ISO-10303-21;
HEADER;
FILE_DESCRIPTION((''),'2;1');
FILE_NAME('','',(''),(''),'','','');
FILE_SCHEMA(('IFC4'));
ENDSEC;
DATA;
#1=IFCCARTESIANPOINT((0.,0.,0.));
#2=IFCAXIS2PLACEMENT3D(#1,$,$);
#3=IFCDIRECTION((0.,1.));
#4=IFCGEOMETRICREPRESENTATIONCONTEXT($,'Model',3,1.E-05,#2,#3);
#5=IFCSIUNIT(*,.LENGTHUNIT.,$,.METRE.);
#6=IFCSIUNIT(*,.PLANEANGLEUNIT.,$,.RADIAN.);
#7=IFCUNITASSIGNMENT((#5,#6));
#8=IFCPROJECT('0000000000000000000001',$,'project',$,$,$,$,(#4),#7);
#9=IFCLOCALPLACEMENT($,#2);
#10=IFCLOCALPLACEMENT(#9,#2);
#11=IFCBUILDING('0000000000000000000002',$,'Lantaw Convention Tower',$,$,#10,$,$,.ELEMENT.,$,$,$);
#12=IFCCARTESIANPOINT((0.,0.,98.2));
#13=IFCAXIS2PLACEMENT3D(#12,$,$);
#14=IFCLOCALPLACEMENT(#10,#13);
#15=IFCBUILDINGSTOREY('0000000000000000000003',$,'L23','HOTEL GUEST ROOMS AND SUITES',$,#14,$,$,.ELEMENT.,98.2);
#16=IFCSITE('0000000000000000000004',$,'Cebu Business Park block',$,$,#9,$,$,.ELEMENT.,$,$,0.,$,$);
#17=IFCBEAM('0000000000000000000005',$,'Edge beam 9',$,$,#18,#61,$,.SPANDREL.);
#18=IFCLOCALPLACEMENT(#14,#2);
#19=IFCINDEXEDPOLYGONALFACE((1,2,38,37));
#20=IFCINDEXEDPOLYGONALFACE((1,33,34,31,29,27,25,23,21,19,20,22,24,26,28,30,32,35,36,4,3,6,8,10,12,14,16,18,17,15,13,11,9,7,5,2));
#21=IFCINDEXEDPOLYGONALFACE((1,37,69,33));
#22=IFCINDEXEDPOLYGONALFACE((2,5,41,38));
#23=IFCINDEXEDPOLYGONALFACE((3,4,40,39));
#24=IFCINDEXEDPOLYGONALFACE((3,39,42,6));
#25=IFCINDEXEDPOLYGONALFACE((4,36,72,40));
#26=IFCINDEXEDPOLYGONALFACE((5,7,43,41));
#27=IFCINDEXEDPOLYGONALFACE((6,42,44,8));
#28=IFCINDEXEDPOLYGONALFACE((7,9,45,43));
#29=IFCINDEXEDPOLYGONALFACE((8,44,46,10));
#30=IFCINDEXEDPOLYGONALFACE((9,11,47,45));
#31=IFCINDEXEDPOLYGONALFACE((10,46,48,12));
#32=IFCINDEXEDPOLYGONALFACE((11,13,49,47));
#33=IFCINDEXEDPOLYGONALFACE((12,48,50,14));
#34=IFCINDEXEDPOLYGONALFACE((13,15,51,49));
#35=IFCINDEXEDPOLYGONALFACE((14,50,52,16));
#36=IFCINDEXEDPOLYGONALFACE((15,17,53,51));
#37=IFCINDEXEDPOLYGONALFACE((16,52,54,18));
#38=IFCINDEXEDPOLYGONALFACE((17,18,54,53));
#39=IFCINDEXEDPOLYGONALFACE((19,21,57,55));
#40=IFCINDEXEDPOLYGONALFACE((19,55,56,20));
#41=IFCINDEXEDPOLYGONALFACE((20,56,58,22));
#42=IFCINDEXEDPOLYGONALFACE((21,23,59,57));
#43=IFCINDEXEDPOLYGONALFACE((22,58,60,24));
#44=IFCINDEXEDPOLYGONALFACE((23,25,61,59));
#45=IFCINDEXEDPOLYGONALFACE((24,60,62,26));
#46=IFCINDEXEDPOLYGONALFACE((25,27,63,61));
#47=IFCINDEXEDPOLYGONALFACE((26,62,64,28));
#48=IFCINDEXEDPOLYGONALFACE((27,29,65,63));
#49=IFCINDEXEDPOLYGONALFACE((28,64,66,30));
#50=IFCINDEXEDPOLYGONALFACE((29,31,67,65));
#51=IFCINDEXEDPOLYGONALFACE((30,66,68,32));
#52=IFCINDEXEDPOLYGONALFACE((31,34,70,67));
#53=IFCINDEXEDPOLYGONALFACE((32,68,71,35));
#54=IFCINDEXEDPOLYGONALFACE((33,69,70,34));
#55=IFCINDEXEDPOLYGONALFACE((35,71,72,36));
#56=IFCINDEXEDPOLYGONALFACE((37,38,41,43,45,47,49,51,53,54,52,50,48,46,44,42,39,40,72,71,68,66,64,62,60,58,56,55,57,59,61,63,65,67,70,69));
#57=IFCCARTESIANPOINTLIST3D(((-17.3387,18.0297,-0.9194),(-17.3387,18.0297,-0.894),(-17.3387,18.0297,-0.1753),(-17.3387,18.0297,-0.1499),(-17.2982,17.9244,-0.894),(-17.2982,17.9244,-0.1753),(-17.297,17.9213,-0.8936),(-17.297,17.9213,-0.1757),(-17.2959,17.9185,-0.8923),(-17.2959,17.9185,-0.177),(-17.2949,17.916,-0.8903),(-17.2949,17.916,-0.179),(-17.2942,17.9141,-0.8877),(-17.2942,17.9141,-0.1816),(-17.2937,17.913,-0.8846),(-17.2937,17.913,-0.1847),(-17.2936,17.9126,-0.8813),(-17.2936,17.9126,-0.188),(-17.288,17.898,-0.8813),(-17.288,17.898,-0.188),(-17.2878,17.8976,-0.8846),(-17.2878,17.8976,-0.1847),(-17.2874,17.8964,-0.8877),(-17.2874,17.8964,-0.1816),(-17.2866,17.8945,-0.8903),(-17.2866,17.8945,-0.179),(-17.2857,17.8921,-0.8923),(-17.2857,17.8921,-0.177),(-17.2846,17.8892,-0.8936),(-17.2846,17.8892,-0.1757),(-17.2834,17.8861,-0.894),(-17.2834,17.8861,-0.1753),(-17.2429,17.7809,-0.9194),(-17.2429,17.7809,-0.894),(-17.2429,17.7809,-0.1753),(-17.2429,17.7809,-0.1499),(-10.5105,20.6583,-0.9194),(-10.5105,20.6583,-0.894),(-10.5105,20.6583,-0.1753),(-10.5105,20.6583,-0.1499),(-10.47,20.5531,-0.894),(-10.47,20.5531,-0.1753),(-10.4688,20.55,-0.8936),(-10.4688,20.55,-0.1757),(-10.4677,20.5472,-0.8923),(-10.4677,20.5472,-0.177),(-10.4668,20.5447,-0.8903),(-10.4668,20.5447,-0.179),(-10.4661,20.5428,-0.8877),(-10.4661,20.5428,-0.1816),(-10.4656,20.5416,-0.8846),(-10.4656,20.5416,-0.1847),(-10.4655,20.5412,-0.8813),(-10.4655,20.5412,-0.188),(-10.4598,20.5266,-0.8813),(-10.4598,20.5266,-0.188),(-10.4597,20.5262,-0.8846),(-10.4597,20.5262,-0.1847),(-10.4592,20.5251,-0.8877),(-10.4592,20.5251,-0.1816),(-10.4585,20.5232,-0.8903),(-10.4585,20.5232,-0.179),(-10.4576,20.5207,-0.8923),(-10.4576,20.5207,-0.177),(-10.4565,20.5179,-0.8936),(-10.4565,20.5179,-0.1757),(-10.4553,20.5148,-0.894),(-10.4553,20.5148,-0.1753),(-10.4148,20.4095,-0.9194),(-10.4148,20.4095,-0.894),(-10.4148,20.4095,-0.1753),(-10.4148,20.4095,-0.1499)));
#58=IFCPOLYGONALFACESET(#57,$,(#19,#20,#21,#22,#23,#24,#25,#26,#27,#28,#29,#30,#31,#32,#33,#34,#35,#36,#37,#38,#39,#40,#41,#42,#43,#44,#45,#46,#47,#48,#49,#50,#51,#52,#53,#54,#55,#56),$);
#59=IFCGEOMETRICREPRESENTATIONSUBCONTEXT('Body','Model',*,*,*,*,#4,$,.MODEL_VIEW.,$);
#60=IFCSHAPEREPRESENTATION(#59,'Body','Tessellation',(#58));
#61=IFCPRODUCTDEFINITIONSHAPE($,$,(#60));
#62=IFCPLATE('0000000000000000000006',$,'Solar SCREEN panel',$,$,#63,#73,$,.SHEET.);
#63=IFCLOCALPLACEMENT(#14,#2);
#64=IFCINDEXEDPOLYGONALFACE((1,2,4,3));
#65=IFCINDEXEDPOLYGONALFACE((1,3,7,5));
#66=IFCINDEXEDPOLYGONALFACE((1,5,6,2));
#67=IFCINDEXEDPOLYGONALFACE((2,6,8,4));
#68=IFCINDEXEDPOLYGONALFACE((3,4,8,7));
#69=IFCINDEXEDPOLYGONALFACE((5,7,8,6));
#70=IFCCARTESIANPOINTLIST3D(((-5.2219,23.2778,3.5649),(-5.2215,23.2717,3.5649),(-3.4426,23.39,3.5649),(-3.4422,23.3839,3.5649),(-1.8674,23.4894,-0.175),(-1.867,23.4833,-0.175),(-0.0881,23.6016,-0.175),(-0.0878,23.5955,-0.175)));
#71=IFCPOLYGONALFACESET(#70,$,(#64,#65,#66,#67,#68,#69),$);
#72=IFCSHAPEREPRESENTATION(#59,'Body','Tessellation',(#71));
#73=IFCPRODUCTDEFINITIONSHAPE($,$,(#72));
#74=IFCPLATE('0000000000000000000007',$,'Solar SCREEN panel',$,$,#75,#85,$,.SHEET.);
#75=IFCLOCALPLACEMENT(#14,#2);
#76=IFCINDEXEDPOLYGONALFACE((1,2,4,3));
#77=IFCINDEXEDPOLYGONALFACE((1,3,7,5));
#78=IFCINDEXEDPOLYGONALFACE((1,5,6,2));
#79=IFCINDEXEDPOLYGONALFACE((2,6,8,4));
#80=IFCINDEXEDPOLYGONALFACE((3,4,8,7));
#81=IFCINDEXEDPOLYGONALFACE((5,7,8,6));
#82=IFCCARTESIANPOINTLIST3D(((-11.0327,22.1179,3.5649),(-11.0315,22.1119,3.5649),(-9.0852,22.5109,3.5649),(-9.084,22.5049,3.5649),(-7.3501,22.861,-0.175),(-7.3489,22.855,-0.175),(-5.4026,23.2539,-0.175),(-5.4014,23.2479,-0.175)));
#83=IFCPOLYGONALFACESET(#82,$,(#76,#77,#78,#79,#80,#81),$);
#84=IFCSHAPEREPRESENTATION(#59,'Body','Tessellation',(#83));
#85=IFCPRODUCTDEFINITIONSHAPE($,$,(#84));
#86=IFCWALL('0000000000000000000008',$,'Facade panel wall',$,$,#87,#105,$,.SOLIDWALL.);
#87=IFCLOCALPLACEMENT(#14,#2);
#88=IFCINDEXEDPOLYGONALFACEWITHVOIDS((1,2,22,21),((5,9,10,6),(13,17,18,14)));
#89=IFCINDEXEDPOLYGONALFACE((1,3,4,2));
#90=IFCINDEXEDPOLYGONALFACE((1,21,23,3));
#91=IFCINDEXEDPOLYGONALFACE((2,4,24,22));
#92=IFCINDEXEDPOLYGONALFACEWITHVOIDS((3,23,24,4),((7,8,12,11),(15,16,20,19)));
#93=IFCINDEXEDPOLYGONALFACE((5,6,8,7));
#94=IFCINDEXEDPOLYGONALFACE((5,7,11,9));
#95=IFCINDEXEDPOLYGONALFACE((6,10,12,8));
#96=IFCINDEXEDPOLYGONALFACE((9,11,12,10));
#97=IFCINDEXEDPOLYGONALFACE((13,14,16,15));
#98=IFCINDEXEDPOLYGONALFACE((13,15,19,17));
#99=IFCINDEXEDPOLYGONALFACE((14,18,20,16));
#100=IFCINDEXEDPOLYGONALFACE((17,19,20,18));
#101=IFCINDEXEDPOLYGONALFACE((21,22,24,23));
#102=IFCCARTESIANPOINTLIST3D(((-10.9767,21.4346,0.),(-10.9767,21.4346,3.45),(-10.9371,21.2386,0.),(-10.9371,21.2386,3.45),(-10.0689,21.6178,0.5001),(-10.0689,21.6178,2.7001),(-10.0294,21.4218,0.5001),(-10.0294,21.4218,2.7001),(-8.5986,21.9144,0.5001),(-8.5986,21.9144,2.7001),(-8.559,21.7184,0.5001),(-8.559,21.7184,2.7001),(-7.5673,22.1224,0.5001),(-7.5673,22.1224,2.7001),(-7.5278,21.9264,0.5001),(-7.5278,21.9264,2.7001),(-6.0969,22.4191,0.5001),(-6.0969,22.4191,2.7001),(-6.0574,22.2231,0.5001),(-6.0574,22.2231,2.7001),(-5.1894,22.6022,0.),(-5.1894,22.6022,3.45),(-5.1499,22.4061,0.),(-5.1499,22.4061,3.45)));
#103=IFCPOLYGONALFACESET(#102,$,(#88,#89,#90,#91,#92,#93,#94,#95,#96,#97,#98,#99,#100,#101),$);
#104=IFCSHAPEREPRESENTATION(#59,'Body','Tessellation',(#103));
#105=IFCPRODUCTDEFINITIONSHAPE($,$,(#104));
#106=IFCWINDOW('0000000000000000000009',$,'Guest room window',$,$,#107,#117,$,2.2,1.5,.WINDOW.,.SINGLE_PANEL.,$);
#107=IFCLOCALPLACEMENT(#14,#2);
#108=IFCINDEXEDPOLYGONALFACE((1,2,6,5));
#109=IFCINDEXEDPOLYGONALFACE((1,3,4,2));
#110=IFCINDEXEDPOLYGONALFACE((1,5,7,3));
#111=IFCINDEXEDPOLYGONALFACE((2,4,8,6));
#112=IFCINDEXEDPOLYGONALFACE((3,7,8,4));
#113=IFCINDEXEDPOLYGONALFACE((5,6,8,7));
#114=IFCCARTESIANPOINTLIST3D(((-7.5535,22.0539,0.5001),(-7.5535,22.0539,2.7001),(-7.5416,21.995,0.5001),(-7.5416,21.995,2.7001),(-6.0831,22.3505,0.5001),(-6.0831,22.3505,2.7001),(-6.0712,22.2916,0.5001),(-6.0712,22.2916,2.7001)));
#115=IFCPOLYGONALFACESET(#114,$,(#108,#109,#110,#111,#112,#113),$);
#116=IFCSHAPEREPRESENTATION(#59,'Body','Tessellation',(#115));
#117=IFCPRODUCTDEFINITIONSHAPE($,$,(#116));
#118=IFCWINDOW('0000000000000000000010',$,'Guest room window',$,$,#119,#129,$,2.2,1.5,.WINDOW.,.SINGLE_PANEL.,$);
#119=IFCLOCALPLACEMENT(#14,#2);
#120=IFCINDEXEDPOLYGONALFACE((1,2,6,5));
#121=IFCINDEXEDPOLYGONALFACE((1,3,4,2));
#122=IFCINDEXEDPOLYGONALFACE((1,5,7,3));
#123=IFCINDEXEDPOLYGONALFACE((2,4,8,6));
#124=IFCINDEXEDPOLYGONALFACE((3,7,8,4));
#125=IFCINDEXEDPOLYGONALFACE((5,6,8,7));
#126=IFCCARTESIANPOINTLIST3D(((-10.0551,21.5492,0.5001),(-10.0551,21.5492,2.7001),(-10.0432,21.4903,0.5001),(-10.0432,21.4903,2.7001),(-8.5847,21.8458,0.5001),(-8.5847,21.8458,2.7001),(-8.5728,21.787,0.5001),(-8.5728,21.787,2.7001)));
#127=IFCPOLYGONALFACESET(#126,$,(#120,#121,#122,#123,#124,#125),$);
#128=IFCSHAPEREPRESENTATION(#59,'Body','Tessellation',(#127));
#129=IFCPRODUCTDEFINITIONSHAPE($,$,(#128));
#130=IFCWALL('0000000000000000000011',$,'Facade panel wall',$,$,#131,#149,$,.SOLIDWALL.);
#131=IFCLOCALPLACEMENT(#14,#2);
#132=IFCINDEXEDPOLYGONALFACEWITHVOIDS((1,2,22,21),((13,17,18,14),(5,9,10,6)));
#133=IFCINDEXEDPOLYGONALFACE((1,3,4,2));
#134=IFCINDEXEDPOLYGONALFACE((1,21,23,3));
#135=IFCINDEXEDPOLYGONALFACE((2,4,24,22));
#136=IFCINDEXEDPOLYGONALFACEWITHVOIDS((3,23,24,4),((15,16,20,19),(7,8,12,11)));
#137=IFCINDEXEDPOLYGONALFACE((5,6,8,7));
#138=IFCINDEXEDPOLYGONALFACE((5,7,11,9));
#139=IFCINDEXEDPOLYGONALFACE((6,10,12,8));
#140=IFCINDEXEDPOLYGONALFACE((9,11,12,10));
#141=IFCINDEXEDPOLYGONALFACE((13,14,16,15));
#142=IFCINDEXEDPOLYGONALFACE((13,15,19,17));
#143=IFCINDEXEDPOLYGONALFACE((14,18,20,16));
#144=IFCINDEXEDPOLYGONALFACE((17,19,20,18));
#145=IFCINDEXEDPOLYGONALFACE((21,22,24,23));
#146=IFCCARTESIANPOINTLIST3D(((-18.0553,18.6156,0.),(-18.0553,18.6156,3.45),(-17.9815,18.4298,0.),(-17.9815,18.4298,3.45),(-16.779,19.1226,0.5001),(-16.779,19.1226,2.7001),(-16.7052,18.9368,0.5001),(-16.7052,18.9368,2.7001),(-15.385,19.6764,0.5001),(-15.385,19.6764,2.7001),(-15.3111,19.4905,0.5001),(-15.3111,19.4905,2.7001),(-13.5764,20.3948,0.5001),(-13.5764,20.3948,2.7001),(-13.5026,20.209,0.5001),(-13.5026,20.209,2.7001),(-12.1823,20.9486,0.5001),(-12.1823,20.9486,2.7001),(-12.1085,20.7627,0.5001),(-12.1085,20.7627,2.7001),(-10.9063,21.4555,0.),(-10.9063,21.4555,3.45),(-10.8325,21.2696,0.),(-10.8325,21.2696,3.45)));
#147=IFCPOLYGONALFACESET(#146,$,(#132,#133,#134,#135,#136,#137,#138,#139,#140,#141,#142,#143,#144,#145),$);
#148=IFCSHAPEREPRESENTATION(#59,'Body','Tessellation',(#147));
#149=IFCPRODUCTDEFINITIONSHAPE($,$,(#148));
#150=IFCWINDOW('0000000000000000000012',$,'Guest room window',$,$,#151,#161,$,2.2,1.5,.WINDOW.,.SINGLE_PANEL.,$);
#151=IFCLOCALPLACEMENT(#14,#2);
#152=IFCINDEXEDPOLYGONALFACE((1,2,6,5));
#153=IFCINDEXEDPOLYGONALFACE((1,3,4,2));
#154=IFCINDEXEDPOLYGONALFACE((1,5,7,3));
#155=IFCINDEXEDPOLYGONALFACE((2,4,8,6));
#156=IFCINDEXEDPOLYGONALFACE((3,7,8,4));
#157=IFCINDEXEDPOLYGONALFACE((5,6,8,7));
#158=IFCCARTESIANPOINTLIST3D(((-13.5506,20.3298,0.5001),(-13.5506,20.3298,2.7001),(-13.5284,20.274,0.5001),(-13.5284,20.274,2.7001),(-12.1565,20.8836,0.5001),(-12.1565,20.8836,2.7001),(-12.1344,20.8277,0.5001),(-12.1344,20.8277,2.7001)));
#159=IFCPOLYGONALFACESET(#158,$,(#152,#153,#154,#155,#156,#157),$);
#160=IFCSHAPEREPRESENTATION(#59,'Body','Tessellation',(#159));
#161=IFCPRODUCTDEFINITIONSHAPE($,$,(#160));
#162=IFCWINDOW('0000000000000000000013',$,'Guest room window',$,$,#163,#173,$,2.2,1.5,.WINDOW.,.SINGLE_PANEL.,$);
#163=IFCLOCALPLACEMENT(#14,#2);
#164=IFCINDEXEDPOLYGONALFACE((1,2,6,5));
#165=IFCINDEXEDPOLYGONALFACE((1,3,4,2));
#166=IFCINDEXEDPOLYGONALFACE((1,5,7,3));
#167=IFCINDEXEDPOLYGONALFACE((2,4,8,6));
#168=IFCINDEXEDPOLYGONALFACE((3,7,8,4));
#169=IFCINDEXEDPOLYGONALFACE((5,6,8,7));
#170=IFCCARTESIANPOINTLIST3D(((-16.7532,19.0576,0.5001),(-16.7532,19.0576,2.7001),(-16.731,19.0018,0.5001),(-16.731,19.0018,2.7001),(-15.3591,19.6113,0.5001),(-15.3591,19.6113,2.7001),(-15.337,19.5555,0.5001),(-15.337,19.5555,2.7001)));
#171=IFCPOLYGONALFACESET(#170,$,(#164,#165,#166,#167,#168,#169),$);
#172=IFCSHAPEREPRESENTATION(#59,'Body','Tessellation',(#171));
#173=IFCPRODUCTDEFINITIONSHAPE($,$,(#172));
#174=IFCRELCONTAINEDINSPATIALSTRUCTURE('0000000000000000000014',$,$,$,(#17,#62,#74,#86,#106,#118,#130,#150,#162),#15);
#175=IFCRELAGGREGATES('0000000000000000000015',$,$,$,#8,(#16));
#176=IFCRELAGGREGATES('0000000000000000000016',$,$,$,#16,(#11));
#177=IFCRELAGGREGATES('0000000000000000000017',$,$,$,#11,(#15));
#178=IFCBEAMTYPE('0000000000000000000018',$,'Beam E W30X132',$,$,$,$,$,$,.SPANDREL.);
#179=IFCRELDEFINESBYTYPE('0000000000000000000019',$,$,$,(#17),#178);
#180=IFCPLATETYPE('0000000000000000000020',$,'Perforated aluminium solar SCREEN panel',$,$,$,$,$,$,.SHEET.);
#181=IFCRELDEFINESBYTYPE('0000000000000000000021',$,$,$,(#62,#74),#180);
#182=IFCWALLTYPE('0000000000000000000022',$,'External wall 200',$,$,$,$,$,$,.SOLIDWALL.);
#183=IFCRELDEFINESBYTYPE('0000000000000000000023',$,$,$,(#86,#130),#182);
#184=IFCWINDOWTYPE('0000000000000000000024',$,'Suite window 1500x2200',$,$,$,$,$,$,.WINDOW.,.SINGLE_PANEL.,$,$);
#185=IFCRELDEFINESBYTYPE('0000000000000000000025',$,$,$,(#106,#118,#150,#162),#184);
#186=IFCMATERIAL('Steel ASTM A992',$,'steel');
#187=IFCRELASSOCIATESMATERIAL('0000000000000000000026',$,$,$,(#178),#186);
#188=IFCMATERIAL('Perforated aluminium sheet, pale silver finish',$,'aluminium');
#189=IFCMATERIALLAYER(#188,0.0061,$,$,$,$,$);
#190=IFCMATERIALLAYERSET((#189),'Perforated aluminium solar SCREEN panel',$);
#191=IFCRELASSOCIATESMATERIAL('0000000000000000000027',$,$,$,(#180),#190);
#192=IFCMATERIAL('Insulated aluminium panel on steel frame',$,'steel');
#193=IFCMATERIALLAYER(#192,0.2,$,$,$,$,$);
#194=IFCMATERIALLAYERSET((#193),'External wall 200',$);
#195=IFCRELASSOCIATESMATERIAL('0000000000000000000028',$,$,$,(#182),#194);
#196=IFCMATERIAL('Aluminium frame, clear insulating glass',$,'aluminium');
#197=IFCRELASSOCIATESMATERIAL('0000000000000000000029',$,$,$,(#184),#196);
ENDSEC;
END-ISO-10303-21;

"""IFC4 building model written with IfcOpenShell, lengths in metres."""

from ifc_helpers import new_model, si_unit, direction, frame, frame_2d, origin, origin_2d, place, context, subcontext, project, spatial, polyline, rectangle, i_section, outline, extrude, material, layer, layer_set, material_profile, profile_set, type_object, element, fill, save


model = new_model("IFC4")

# Units and contexts
model_context = context("Model", 3, precision=1e-05, world=origin(), true_north=direction((0.0, 1.0)))
body_context = subcontext(model_context, "Body", "Model", "MODEL_VIEW")
ifc_project = project(units=[si_unit("LENGTHUNIT", "METRE"), si_unit("PLANEANGLEUNIT", "RADIAN")], contexts=[model_context])

# Site, building, storey
site_placement = place(None, origin())
site = spatial("IfcSite", under=ifc_project, at=site_placement, Name="Cebu Business Park block", CompositionType="ELEMENT", RefElevation=0.0)
building_placement = place(site_placement, origin())
building = spatial("IfcBuilding", under=site, at=building_placement, Name="Lantaw Convention Tower", CompositionType="ELEMENT")
storey_placement = place(building_placement, frame((0.0, 0.0, 98.2)))
storey = spatial("IfcBuildingStorey", under=building, at=storey_placement, Name="L23", Description="HOTEL GUEST ROOMS AND SUITES", CompositionType="ELEMENT", Elevation=98.2)

# Beam
ifc_material_1 = material(Name="Steel ASTM A992", Category="steel")
ifc_material_profile_1 = material_profile(ifc_material_1, i_section(OverallWidth=0.2666, OverallDepth=0.7695, WebThickness=0.0156, FlangeThickness=0.0254, FilletRadius=0.0127, at=origin_2d()), Name="W30X132")
ifc_profile_set_1 = profile_set([ifc_material_profile_1], Name="Steel ASTM A992")
beam_type = type_object("IfcBeamType", Name="Beam E W30X132", PredefinedType="SPANDREL", material=ifc_profile_set_1)
beam_1_placement = place(storey_placement, frame((-10.4626, 20.5339, -0.5347), z_axis=(-0.933233, -0.359272, 0.0), x_axis=(0.359272, -0.933233, 0.0)))
element("IfcBeam", 1, at=beam_1_placement, inside=storey, type_object=beam_type, Name="Edge beam 9", PredefinedType="SPANDREL", context=body_context, shape_type="SweptSolid", body=[
    extrude(i_section(OverallWidth=0.2666, OverallDepth=0.7695, WebThickness=0.0156, FlangeThickness=0.0254, FilletRadius=0.0127, at=origin_2d()), origin(), (0.0, 0.0, 1.0), 7.3167),
])

# Plates
ifc_material_2 = material(Name="Perforated aluminium sheet, pale silver finish", Category="aluminium")
ifc_layer_1 = layer(ifc_material_2, 0.0061)
ifc_layer_set_1 = layer_set([ifc_layer_1], Name="Perforated aluminium solar SCREEN panel")
plate_type = type_object("IfcPlateType", Name="Perforated aluminium solar SCREEN panel", PredefinedType="SHEET", material=ifc_layer_set_1)
plate_1_placement = place(storey_placement, frame((-0.0881, 23.6016, -0.175), z_axis=(-0.062924, 0.998018, 0.000014), x_axis=(-0.998018, -0.062924, 0.0)))
element("IfcPlate", 2, at=plate_1_placement, inside=storey, type_object=plate_type, Name="Solar SCREEN panel", PredefinedType="SHEET", context=body_context, shape_type="SweptSolid", body=[
    extrude(outline(polyline([(0.0, 0.0), (1.7828, 0.0), (5.144, 3.74), (3.3611, 3.74), (0.0, 0.0)])), origin(), (0.0, 0.0, -1.0), 0.0061),
])
plate_2_placement = place(storey_placement, frame((-5.4026, 23.2539, -0.175), z_axis=(-0.197782, 0.980246, 0.000002), x_axis=(-0.980246, -0.197782, 0.0)))
element("IfcPlate", 3, at=plate_2_placement, inside=storey, type_object=plate_type, Name="Solar SCREEN panel", PredefinedType="SHEET", context=body_context, shape_type="SweptSolid", body=[
    extrude(outline(polyline([(0.0, 0.0), (1.9867, 0.0), (5.7436, 3.74), (3.7568, 3.74), (0.0, 0.0)])), origin(), (0.0, 0.0, -1.0), 0.0061),
])

# Walls, openings, windows
ifc_material_3 = material(Name="Insulated aluminium panel on steel frame", Category="steel")
ifc_layer_2 = layer(ifc_material_3, 0.2)
ifc_layer_set_2 = layer_set([ifc_layer_2], Name="External wall 200")
wall_type_1 = type_object("IfcWallType", Name="External wall 200", PredefinedType="SOLIDWALL", material=ifc_layer_set_2)
wall_1_placement = place(storey_placement, frame((-5.1697, 22.5042, 0.0), z_axis=(0.0, 0.0, 1.0), x_axis=(-0.980252, -0.197754, 0.0)))
wall_1 = element("IfcWall", 4, at=wall_1_placement, inside=storey, type_object=wall_type_1, Name="Facade panel wall", PredefinedType="SOLIDWALL", context=body_context, shape_type="SweptSolid", body=[
    extrude(rectangle(XDim=5.9038, YDim=0.2, at=frame_2d((2.9519, 0.0))), origin(), (0.0, 0.0, 1.0), 3.45),
])
opening_1_placement = place(wall_1_placement, frame((0.9258, 0.0, 0.5)))
opening_1 = element("IfcOpeningElement", 5, at=opening_1_placement, cuts=wall_1, PredefinedType="OPENING", context=body_context, shape_type="SweptSolid", body=[
    extrude(rectangle(XDim=1.5, YDim=2.2, at=frame_2d((0.75, 1.1001))), frame((0.0, 0.1099, 0.0), z_axis=(0.0, -1.0, 0.0), x_axis=(1.0, 0.0, 0.0)), (0.0, 0.0, 1.0), 0.22),
])
opening_2_placement = place(wall_1_placement, frame((3.4778, 0.0, 0.5)))
opening_2 = element("IfcOpeningElement", 6, at=opening_2_placement, cuts=wall_1, PredefinedType="OPENING", context=body_context, shape_type="SweptSolid", body=[
    extrude(rectangle(XDim=1.5, YDim=2.2, at=frame_2d((0.75, 1.1001))), frame((0.0, 0.1099, 0.0), z_axis=(0.0, -1.0, 0.0), x_axis=(1.0, 0.0, 0.0)), (0.0, 0.0, 1.0), 0.22),
])
ifc_material_4 = material(Name="Aluminium frame, clear insulating glass", Category="aluminium")
window_type = type_object("IfcWindowType", Name="Suite window 1500x2200", PartitioningType="SINGLE_PANEL", PredefinedType="WINDOW", material=ifc_material_4)
window_1_placement = place(opening_1_placement, origin())
window_1 = element("IfcWindow", 7, at=window_1_placement, inside=storey, type_object=window_type, Name="Guest room window", OverallHeight=2.2, OverallWidth=1.5, PartitioningType="SINGLE_PANEL", PredefinedType="WINDOW", context=body_context, shape_type="SweptSolid", body=[
    extrude(rectangle(XDim=1.5, YDim=2.2, at=frame_2d((0.75, 1.1001))), frame((0.0, 0.03, 0.0), z_axis=(0.0, -1.0, 0.0), x_axis=(1.0, 0.0, 0.0)), (0.0, 0.0, 1.0), 0.0601),
])
fill(opening_1, window_1)
window_2_placement = place(opening_2_placement, origin())
window_2 = element("IfcWindow", 8, at=window_2_placement, inside=storey, type_object=window_type, Name="Guest room window", OverallHeight=2.2, OverallWidth=1.5, PartitioningType="SINGLE_PANEL", PredefinedType="WINDOW", context=body_context, shape_type="SweptSolid", body=[
    extrude(rectangle(XDim=1.5, YDim=2.2, at=frame_2d((0.75, 1.1001))), frame((0.0, 0.03, 0.0), z_axis=(0.0, -1.0, 0.0), x_axis=(1.0, 0.0, 0.0)), (0.0, 0.0, 1.0), 0.0601),
])
fill(opening_2, window_2)
wall_2_placement = place(storey_placement, frame((-10.8694, 21.3625, 0.0), z_axis=(0.0, 0.0, 1.0), x_axis=(-0.929358, -0.369179, 0.0)))
wall_2 = element("IfcWall", 9, at=wall_2_placement, inside=storey, type_object=wall_type_1, Name="Facade panel wall", PredefinedType="SOLIDWALL", context=body_context, shape_type="SweptSolid", body=[
    extrude(rectangle(XDim=7.6924, YDim=0.2, at=frame_2d((3.8462, 0.0))), origin(), (0.0, 0.0, 1.0), 3.45),
])
opening_3_placement = place(wall_2_placement, frame((1.373, 0.0, 0.5)))
opening_3 = element("IfcOpeningElement", 10, at=opening_3_placement, cuts=wall_2, PredefinedType="OPENING", context=body_context, shape_type="SweptSolid", body=[
    extrude(rectangle(XDim=1.5, YDim=2.2, at=frame_2d((0.75, 1.1001))), frame((0.0, 0.1099, 0.0), z_axis=(0.0, -1.0, 0.0), x_axis=(1.0, 0.0, 0.0)), (0.0, 0.0, 1.0), 0.22),
])
opening_4_placement = place(wall_2_placement, frame((4.8191, 0.0, 0.5)))
opening_4 = element("IfcOpeningElement", 11, at=opening_4_placement, cuts=wall_2, PredefinedType="OPENING", context=body_context, shape_type="SweptSolid", body=[
    extrude(rectangle(XDim=1.5, YDim=2.2, at=frame_2d((0.75, 1.1001))), frame((0.0, 0.1099, 0.0), z_axis=(0.0, -1.0, 0.0), x_axis=(1.0, 0.0, 0.0)), (0.0, 0.0, 1.0), 0.22),
])
window_3_placement = place(opening_3_placement, origin())
window_3 = element("IfcWindow", 12, at=window_3_placement, inside=storey, type_object=window_type, Name="Guest room window", OverallHeight=2.2, OverallWidth=1.5, PartitioningType="SINGLE_PANEL", PredefinedType="WINDOW", context=body_context, shape_type="SweptSolid", body=[
    extrude(rectangle(XDim=1.5, YDim=2.2, at=frame_2d((0.75, 1.1001))), frame((0.0, 0.03, 0.0), z_axis=(0.0, -1.0, 0.0), x_axis=(1.0, 0.0, 0.0)), (0.0, 0.0, 1.0), 0.0601),
])
fill(opening_3, window_3)
window_4_placement = place(opening_4_placement, origin())
window_4 = element("IfcWindow", 13, at=window_4_placement, inside=storey, type_object=window_type, Name="Guest room window", OverallHeight=2.2, OverallWidth=1.5, PartitioningType="SINGLE_PANEL", PredefinedType="WINDOW", context=body_context, shape_type="SweptSolid", body=[
    extrude(rectangle(XDim=1.5, YDim=2.2, at=frame_2d((0.75, 1.1001))), frame((0.0, 0.03, 0.0), z_axis=(0.0, -1.0, 0.0), x_axis=(1.0, 0.0, 0.0)), (0.0, 0.0, 1.0), 0.0601),
])
fill(opening_4, window_4)

save(model, "model.ifc")
